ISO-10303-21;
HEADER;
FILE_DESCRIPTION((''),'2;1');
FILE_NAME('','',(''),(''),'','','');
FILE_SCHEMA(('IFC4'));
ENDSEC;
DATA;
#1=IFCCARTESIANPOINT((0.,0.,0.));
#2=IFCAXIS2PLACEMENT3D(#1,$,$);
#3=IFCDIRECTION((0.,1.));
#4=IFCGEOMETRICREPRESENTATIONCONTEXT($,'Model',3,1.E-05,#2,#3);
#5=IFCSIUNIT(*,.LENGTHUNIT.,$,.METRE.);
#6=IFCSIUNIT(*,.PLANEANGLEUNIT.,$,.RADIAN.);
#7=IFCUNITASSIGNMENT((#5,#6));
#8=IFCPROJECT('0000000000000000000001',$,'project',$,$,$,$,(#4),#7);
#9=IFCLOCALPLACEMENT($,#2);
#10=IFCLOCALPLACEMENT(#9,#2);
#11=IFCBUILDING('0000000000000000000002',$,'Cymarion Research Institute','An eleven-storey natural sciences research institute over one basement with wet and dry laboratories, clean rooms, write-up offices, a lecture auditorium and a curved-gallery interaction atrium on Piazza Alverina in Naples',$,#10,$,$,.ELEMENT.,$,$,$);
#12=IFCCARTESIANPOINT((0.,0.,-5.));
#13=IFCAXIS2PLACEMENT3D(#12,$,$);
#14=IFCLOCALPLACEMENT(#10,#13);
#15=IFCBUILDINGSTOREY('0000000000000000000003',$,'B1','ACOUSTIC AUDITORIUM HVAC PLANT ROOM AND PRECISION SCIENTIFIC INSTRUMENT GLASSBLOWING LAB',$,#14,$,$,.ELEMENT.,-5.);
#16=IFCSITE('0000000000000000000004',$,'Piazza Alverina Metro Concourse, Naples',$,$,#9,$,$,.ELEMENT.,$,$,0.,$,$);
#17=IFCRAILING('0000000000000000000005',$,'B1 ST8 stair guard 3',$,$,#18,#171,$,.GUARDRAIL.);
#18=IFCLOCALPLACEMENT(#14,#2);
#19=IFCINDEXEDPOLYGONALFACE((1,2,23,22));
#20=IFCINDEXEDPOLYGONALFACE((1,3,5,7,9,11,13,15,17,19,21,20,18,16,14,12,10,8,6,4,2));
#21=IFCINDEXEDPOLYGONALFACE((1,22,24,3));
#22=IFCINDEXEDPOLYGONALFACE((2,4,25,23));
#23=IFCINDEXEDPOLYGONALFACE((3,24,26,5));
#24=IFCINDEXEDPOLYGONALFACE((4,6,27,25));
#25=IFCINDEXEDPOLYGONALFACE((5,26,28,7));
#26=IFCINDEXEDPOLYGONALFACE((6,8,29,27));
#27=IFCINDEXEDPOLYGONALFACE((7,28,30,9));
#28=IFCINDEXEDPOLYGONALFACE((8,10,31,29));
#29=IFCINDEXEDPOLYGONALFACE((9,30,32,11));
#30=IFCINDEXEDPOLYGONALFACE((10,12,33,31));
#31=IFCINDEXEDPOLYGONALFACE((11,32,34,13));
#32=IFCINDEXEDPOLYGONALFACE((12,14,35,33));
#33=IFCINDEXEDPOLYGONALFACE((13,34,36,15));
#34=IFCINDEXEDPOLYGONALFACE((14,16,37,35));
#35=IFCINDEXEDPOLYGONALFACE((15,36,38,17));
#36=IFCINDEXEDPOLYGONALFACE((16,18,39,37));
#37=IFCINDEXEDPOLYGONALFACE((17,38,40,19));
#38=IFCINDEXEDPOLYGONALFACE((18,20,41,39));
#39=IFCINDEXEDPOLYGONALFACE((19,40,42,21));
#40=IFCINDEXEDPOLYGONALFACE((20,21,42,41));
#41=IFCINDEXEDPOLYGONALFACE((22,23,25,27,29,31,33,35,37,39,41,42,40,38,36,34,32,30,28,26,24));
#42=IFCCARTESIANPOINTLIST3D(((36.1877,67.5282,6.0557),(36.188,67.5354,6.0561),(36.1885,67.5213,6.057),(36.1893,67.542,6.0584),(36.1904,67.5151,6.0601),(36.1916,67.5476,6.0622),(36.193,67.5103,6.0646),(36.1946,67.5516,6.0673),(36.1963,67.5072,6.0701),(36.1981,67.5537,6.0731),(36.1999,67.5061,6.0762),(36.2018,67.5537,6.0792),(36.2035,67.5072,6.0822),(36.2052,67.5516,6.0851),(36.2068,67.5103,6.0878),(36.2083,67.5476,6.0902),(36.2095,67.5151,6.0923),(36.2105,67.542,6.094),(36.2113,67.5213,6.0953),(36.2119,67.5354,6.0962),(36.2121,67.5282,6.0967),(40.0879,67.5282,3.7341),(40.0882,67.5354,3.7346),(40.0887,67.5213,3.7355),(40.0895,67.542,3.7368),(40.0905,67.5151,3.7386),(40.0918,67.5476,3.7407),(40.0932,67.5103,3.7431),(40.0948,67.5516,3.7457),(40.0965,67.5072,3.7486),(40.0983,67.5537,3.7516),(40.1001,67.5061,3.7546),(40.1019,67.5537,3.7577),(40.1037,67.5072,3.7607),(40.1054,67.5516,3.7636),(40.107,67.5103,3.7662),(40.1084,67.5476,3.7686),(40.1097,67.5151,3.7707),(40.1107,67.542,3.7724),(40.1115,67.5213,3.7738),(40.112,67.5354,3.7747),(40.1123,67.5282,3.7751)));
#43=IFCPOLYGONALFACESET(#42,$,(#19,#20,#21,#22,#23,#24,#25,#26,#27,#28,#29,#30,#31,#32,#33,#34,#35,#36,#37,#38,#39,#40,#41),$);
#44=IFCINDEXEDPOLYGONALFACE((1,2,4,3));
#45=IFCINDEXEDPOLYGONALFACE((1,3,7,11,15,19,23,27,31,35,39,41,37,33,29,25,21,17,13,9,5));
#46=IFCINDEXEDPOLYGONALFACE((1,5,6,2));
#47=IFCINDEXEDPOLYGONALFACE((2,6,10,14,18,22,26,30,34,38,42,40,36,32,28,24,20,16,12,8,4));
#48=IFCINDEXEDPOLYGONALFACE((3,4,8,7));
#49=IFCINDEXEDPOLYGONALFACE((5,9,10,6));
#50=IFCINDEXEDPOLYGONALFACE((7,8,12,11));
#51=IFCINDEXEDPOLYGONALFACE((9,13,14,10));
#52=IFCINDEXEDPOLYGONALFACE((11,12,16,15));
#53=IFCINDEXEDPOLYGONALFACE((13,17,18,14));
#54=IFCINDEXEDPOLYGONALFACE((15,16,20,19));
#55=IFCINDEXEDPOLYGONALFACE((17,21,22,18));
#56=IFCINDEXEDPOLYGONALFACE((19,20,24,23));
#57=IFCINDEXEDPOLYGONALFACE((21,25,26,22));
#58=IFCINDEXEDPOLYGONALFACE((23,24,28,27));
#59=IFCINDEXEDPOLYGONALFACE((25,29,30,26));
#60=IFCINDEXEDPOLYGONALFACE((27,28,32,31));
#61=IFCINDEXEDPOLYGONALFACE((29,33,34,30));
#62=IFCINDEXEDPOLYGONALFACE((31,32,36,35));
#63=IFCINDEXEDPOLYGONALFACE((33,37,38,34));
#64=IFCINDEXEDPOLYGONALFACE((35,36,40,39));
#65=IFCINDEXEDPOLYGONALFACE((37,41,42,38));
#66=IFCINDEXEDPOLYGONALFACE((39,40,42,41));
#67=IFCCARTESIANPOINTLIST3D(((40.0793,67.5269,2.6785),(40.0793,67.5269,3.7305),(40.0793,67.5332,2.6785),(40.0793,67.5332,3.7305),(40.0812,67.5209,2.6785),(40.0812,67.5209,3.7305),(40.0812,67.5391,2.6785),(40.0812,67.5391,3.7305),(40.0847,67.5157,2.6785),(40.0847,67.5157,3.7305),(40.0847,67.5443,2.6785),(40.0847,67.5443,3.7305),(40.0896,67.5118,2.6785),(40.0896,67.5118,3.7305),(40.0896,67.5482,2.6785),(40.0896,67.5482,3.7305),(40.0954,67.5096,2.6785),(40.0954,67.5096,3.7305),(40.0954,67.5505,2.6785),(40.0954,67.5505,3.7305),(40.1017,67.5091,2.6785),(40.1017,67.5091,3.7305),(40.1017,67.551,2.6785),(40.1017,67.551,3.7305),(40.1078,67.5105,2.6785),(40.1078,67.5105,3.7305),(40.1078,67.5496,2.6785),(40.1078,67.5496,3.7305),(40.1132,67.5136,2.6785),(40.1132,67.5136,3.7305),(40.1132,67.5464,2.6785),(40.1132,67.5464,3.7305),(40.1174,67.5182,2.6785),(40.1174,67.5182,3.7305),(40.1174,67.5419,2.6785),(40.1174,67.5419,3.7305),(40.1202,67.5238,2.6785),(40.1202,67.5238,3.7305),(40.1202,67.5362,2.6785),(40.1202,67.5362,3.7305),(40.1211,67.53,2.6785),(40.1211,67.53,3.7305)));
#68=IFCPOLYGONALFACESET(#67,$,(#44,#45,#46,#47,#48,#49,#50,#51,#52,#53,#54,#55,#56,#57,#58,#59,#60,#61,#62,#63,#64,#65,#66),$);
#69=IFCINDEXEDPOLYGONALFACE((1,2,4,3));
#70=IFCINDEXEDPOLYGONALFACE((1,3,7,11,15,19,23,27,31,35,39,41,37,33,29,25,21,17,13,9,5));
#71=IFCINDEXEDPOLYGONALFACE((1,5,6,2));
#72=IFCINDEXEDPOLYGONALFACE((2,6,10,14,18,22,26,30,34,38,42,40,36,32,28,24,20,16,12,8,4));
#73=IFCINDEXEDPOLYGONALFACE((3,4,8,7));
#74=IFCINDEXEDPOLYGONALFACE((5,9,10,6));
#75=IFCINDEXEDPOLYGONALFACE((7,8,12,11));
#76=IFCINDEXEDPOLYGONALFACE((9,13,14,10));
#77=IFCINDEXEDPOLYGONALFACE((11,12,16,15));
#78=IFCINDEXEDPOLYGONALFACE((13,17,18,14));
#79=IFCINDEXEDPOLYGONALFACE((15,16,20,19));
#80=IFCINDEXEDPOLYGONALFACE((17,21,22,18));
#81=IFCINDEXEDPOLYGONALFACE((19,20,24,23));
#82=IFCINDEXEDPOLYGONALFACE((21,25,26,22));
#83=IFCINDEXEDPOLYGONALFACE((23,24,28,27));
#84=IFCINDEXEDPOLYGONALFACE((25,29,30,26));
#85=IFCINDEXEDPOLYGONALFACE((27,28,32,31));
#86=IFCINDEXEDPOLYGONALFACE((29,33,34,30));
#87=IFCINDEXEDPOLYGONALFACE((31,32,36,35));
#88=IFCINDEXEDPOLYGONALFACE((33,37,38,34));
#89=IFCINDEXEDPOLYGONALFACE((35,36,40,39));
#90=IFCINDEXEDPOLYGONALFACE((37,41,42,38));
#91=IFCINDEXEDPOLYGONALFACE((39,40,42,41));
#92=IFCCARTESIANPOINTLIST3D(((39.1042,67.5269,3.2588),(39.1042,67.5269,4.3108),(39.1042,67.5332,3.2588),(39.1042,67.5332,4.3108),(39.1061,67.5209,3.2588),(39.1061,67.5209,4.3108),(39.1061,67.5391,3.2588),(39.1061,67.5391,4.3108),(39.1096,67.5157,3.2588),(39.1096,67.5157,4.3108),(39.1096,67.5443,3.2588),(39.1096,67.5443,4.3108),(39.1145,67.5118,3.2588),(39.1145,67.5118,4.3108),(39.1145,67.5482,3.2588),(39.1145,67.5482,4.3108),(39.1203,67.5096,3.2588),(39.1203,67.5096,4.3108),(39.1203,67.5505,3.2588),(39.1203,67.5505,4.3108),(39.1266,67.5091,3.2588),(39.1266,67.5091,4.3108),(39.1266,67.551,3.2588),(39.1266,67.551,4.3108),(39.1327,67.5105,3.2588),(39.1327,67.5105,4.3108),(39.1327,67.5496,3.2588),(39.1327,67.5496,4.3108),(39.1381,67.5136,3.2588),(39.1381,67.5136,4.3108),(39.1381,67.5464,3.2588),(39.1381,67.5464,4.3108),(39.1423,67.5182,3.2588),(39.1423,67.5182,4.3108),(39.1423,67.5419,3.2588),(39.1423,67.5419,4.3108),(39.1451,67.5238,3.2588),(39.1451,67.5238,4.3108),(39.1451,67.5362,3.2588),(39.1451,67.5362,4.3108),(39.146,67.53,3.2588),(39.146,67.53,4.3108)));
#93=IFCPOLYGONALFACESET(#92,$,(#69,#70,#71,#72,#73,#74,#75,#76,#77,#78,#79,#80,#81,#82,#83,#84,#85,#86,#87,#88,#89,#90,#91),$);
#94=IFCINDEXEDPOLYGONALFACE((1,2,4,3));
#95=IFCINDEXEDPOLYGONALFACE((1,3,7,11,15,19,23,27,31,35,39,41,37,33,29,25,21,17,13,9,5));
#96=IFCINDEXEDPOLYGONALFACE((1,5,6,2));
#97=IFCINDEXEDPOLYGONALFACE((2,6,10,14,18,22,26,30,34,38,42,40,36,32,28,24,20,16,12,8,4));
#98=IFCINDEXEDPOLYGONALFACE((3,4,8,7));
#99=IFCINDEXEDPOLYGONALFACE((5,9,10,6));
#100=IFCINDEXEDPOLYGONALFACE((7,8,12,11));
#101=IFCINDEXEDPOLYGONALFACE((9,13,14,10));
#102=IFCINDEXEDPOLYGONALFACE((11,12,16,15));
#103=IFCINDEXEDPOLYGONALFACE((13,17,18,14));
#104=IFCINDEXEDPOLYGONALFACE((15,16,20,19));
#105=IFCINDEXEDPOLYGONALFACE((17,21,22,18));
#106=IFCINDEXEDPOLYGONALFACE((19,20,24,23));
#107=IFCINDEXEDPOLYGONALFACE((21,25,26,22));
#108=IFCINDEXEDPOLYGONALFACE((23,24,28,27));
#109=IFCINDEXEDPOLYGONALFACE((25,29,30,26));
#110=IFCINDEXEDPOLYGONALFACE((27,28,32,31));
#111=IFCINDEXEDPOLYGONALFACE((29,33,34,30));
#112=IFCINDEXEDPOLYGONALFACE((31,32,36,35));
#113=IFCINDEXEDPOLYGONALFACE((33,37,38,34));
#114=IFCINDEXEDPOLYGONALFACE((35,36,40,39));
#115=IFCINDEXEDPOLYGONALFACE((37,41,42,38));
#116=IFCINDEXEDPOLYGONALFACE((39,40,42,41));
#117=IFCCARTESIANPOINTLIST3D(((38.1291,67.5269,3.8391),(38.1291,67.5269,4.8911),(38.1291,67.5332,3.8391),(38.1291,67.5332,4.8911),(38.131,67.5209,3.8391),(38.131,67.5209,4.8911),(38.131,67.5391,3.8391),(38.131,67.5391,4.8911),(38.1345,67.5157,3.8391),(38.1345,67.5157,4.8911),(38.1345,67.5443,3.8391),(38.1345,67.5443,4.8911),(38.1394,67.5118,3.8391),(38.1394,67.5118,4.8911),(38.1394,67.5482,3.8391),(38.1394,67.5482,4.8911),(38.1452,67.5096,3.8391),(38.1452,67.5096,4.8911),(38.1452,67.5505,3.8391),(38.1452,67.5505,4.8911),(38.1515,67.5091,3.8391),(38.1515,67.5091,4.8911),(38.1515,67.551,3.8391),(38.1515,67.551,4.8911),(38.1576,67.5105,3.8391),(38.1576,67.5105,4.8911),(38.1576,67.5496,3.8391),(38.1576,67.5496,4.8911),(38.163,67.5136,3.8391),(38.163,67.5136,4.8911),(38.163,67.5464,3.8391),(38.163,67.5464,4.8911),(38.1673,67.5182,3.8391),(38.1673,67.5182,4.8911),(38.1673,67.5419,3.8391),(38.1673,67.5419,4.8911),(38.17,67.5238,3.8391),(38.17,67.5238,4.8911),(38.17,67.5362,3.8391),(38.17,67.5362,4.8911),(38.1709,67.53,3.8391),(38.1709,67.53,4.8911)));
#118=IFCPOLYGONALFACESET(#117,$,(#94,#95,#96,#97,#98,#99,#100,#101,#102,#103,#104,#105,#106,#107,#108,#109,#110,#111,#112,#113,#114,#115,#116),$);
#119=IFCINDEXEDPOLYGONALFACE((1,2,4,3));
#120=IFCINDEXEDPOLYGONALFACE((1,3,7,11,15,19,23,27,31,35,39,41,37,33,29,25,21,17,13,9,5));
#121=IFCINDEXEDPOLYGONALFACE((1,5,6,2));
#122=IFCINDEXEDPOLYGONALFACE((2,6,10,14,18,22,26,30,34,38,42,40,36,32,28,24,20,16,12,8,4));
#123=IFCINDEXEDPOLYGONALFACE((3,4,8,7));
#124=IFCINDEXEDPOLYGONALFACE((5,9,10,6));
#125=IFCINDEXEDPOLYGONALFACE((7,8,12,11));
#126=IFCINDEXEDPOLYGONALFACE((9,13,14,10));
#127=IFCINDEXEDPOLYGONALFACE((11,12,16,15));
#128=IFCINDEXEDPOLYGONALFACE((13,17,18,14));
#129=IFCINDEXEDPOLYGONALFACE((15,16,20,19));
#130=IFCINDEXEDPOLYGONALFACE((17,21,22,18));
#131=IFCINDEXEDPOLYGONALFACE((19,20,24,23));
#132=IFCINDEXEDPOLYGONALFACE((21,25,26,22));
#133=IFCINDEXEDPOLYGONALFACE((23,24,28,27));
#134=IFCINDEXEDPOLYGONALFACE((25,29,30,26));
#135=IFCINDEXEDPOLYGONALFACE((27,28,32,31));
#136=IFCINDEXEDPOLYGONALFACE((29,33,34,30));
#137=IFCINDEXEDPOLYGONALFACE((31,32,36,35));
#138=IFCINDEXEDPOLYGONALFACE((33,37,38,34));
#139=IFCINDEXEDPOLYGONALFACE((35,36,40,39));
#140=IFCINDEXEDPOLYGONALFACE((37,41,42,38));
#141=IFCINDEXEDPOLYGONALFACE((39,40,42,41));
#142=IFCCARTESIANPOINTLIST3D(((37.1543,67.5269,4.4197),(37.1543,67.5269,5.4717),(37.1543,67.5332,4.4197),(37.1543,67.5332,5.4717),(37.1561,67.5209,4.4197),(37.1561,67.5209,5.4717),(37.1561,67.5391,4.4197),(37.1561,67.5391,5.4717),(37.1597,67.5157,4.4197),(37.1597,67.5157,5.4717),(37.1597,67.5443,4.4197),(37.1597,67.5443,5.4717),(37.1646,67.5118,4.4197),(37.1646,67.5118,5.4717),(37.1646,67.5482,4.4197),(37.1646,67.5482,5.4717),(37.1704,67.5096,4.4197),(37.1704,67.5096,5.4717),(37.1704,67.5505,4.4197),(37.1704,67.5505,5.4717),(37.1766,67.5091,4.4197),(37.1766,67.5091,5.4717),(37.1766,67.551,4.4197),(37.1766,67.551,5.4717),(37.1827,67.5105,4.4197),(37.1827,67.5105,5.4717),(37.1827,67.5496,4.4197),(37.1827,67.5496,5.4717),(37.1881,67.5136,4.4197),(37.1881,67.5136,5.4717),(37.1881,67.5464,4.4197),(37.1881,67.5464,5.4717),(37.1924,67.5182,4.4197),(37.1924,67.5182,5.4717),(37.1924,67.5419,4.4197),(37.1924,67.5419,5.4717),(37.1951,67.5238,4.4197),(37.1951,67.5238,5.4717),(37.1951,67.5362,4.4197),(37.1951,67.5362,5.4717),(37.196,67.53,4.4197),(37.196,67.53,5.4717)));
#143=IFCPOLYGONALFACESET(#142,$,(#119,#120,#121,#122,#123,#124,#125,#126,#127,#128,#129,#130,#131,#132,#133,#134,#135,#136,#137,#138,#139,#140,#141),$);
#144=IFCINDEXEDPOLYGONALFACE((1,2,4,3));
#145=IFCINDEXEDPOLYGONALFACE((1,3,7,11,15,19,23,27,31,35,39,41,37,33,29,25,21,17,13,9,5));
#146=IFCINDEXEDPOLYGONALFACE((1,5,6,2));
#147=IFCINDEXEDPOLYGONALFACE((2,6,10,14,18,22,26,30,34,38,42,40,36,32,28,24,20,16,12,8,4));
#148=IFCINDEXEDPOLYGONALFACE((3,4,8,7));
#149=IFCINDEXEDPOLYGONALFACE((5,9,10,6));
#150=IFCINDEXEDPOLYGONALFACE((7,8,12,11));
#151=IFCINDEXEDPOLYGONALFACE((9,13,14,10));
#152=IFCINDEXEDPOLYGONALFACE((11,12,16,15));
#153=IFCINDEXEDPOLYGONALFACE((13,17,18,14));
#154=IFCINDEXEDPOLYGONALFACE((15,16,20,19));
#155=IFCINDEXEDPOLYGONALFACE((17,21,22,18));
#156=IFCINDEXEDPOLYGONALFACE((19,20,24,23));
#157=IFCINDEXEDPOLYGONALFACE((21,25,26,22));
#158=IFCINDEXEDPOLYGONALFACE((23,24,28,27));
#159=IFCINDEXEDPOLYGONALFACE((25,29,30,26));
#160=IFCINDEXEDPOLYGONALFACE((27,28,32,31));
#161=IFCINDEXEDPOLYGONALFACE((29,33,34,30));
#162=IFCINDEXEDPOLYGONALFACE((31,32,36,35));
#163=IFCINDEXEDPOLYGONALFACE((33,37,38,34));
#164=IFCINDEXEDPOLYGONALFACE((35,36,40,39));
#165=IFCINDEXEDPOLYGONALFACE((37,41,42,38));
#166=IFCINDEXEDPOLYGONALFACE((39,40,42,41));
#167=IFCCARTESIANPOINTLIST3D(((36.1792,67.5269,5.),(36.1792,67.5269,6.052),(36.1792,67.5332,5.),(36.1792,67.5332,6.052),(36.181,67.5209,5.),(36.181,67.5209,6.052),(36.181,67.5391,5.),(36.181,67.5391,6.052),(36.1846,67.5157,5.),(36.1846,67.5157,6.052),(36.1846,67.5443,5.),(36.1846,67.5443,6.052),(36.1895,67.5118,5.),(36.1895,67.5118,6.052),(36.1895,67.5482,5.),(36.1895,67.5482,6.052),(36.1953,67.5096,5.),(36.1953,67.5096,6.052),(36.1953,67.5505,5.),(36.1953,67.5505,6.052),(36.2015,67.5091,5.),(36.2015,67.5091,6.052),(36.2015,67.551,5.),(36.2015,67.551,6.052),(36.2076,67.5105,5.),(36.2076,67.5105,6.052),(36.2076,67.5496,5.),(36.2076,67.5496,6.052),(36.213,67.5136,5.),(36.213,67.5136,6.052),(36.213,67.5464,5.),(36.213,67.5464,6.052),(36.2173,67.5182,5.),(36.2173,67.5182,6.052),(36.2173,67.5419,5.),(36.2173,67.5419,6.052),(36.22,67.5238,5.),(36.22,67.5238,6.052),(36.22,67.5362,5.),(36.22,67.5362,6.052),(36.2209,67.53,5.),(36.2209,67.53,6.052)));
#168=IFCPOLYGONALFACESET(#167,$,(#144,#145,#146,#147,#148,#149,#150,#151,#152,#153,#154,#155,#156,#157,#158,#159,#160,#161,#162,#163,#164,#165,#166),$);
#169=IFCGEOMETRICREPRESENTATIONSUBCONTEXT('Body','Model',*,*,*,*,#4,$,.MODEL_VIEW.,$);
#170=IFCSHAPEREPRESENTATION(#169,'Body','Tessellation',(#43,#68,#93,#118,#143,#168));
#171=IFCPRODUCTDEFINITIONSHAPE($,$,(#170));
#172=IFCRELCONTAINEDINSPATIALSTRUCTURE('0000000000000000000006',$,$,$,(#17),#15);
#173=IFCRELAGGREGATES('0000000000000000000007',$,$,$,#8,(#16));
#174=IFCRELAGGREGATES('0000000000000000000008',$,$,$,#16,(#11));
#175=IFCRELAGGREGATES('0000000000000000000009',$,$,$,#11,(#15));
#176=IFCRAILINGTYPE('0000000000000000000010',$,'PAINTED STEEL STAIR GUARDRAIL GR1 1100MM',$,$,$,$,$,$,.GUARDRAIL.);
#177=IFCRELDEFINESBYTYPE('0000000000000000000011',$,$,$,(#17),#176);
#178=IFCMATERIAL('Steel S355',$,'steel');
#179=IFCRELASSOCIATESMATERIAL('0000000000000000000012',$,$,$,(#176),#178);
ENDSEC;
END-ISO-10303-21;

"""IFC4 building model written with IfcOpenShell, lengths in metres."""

from ifc_helpers import new_model, si_unit, direction, frame, origin, origin_2d, place, context, subcontext, project, spatial, circle, extrude, material, type_object, element, save


model = new_model("IFC4")

# Units and contexts
model_context = context("Model", 3, precision=1e-05, world=origin(), true_north=direction((0.0, 1.0)))
body_context = subcontext(model_context, "Body", "Model", "MODEL_VIEW")
ifc_project = project(units=[si_unit("LENGTHUNIT", "METRE"), si_unit("PLANEANGLEUNIT", "RADIAN")], contexts=[model_context])

# Site, building, storey
site_placement = place(None, origin())
site = spatial("IfcSite", under=ifc_project, at=site_placement, Name="Piazza Alverina Metro Concourse, Naples", CompositionType="ELEMENT", RefElevation=0.0)
building_placement = place(site_placement, origin())
building = spatial("IfcBuilding", under=site, at=building_placement, Name="Cymarion Research Institute", Description="An eleven-storey natural sciences research institute over one basement with wet and dry laboratories, clean rooms, write-up offices, a lecture auditorium and a curved-gallery interaction atrium on Piazza Alverina in Naples", CompositionType="ELEMENT")
storey_placement = place(building_placement, frame((0.0, 0.0, -5.0)))
storey = spatial("IfcBuildingStorey", under=building, at=storey_placement, Name="B1", Description="ACOUSTIC AUDITORIUM HVAC PLANT ROOM AND PRECISION SCIENTIFIC INSTRUMENT GLASSBLOWING LAB", CompositionType="ELEMENT", Elevation=-5.0)

# Shared definitions
ifc_material_1 = material(Name="Steel S355", Category="steel")

# Railing
railing_type_1 = type_object("IfcRailingType", Name="PAINTED STEEL STAIR GUARDRAIL GR1 1100MM", PredefinedType="GUARDRAIL", material=ifc_material_1)
railing_1_placement = place(storey_placement, frame((40.1001, 67.53, 2.6785)))
element("IfcRailing", 1, at=railing_1_placement, inside=storey, type_object=railing_type_1, Name="B1 ST8 stair guard 3", PredefinedType="GUARDRAIL", context=body_context, shape_type="SweptSolid", body=[
    extrude(circle(Radius=0.0239, at=origin_2d()), frame((0.0, 0.0, 1.0762), z_axis=(-0.859291, 0.0, 0.511487), x_axis=(0.0, -1.0, 0.0)), (0.0, 0.0, 1.0), 4.5388),
    extrude(circle(Radius=0.021, at=origin_2d()), origin(), (0.0, 0.0, 1.0), 1.052),
    extrude(circle(Radius=0.021, at=origin_2d()), frame((-0.9751, 0.0, 0.5803)), (0.0, 0.0, 1.0), 1.052),
    extrude(circle(Radius=0.021, at=origin_2d()), frame((-1.9502, 0.0, 1.1606)), (0.0, 0.0, 1.0), 1.052),
    extrude(circle(Radius=0.021, at=origin_2d()), frame((-2.925, 0.0, 1.7412)), (0.0, 0.0, 1.0), 1.052),
    extrude(circle(Radius=0.021, at=origin_2d()), frame((-3.9001, 0.0, 2.3215)), (0.0, 0.0, 1.0), 1.052),
])

save(model, "model.ifc")
